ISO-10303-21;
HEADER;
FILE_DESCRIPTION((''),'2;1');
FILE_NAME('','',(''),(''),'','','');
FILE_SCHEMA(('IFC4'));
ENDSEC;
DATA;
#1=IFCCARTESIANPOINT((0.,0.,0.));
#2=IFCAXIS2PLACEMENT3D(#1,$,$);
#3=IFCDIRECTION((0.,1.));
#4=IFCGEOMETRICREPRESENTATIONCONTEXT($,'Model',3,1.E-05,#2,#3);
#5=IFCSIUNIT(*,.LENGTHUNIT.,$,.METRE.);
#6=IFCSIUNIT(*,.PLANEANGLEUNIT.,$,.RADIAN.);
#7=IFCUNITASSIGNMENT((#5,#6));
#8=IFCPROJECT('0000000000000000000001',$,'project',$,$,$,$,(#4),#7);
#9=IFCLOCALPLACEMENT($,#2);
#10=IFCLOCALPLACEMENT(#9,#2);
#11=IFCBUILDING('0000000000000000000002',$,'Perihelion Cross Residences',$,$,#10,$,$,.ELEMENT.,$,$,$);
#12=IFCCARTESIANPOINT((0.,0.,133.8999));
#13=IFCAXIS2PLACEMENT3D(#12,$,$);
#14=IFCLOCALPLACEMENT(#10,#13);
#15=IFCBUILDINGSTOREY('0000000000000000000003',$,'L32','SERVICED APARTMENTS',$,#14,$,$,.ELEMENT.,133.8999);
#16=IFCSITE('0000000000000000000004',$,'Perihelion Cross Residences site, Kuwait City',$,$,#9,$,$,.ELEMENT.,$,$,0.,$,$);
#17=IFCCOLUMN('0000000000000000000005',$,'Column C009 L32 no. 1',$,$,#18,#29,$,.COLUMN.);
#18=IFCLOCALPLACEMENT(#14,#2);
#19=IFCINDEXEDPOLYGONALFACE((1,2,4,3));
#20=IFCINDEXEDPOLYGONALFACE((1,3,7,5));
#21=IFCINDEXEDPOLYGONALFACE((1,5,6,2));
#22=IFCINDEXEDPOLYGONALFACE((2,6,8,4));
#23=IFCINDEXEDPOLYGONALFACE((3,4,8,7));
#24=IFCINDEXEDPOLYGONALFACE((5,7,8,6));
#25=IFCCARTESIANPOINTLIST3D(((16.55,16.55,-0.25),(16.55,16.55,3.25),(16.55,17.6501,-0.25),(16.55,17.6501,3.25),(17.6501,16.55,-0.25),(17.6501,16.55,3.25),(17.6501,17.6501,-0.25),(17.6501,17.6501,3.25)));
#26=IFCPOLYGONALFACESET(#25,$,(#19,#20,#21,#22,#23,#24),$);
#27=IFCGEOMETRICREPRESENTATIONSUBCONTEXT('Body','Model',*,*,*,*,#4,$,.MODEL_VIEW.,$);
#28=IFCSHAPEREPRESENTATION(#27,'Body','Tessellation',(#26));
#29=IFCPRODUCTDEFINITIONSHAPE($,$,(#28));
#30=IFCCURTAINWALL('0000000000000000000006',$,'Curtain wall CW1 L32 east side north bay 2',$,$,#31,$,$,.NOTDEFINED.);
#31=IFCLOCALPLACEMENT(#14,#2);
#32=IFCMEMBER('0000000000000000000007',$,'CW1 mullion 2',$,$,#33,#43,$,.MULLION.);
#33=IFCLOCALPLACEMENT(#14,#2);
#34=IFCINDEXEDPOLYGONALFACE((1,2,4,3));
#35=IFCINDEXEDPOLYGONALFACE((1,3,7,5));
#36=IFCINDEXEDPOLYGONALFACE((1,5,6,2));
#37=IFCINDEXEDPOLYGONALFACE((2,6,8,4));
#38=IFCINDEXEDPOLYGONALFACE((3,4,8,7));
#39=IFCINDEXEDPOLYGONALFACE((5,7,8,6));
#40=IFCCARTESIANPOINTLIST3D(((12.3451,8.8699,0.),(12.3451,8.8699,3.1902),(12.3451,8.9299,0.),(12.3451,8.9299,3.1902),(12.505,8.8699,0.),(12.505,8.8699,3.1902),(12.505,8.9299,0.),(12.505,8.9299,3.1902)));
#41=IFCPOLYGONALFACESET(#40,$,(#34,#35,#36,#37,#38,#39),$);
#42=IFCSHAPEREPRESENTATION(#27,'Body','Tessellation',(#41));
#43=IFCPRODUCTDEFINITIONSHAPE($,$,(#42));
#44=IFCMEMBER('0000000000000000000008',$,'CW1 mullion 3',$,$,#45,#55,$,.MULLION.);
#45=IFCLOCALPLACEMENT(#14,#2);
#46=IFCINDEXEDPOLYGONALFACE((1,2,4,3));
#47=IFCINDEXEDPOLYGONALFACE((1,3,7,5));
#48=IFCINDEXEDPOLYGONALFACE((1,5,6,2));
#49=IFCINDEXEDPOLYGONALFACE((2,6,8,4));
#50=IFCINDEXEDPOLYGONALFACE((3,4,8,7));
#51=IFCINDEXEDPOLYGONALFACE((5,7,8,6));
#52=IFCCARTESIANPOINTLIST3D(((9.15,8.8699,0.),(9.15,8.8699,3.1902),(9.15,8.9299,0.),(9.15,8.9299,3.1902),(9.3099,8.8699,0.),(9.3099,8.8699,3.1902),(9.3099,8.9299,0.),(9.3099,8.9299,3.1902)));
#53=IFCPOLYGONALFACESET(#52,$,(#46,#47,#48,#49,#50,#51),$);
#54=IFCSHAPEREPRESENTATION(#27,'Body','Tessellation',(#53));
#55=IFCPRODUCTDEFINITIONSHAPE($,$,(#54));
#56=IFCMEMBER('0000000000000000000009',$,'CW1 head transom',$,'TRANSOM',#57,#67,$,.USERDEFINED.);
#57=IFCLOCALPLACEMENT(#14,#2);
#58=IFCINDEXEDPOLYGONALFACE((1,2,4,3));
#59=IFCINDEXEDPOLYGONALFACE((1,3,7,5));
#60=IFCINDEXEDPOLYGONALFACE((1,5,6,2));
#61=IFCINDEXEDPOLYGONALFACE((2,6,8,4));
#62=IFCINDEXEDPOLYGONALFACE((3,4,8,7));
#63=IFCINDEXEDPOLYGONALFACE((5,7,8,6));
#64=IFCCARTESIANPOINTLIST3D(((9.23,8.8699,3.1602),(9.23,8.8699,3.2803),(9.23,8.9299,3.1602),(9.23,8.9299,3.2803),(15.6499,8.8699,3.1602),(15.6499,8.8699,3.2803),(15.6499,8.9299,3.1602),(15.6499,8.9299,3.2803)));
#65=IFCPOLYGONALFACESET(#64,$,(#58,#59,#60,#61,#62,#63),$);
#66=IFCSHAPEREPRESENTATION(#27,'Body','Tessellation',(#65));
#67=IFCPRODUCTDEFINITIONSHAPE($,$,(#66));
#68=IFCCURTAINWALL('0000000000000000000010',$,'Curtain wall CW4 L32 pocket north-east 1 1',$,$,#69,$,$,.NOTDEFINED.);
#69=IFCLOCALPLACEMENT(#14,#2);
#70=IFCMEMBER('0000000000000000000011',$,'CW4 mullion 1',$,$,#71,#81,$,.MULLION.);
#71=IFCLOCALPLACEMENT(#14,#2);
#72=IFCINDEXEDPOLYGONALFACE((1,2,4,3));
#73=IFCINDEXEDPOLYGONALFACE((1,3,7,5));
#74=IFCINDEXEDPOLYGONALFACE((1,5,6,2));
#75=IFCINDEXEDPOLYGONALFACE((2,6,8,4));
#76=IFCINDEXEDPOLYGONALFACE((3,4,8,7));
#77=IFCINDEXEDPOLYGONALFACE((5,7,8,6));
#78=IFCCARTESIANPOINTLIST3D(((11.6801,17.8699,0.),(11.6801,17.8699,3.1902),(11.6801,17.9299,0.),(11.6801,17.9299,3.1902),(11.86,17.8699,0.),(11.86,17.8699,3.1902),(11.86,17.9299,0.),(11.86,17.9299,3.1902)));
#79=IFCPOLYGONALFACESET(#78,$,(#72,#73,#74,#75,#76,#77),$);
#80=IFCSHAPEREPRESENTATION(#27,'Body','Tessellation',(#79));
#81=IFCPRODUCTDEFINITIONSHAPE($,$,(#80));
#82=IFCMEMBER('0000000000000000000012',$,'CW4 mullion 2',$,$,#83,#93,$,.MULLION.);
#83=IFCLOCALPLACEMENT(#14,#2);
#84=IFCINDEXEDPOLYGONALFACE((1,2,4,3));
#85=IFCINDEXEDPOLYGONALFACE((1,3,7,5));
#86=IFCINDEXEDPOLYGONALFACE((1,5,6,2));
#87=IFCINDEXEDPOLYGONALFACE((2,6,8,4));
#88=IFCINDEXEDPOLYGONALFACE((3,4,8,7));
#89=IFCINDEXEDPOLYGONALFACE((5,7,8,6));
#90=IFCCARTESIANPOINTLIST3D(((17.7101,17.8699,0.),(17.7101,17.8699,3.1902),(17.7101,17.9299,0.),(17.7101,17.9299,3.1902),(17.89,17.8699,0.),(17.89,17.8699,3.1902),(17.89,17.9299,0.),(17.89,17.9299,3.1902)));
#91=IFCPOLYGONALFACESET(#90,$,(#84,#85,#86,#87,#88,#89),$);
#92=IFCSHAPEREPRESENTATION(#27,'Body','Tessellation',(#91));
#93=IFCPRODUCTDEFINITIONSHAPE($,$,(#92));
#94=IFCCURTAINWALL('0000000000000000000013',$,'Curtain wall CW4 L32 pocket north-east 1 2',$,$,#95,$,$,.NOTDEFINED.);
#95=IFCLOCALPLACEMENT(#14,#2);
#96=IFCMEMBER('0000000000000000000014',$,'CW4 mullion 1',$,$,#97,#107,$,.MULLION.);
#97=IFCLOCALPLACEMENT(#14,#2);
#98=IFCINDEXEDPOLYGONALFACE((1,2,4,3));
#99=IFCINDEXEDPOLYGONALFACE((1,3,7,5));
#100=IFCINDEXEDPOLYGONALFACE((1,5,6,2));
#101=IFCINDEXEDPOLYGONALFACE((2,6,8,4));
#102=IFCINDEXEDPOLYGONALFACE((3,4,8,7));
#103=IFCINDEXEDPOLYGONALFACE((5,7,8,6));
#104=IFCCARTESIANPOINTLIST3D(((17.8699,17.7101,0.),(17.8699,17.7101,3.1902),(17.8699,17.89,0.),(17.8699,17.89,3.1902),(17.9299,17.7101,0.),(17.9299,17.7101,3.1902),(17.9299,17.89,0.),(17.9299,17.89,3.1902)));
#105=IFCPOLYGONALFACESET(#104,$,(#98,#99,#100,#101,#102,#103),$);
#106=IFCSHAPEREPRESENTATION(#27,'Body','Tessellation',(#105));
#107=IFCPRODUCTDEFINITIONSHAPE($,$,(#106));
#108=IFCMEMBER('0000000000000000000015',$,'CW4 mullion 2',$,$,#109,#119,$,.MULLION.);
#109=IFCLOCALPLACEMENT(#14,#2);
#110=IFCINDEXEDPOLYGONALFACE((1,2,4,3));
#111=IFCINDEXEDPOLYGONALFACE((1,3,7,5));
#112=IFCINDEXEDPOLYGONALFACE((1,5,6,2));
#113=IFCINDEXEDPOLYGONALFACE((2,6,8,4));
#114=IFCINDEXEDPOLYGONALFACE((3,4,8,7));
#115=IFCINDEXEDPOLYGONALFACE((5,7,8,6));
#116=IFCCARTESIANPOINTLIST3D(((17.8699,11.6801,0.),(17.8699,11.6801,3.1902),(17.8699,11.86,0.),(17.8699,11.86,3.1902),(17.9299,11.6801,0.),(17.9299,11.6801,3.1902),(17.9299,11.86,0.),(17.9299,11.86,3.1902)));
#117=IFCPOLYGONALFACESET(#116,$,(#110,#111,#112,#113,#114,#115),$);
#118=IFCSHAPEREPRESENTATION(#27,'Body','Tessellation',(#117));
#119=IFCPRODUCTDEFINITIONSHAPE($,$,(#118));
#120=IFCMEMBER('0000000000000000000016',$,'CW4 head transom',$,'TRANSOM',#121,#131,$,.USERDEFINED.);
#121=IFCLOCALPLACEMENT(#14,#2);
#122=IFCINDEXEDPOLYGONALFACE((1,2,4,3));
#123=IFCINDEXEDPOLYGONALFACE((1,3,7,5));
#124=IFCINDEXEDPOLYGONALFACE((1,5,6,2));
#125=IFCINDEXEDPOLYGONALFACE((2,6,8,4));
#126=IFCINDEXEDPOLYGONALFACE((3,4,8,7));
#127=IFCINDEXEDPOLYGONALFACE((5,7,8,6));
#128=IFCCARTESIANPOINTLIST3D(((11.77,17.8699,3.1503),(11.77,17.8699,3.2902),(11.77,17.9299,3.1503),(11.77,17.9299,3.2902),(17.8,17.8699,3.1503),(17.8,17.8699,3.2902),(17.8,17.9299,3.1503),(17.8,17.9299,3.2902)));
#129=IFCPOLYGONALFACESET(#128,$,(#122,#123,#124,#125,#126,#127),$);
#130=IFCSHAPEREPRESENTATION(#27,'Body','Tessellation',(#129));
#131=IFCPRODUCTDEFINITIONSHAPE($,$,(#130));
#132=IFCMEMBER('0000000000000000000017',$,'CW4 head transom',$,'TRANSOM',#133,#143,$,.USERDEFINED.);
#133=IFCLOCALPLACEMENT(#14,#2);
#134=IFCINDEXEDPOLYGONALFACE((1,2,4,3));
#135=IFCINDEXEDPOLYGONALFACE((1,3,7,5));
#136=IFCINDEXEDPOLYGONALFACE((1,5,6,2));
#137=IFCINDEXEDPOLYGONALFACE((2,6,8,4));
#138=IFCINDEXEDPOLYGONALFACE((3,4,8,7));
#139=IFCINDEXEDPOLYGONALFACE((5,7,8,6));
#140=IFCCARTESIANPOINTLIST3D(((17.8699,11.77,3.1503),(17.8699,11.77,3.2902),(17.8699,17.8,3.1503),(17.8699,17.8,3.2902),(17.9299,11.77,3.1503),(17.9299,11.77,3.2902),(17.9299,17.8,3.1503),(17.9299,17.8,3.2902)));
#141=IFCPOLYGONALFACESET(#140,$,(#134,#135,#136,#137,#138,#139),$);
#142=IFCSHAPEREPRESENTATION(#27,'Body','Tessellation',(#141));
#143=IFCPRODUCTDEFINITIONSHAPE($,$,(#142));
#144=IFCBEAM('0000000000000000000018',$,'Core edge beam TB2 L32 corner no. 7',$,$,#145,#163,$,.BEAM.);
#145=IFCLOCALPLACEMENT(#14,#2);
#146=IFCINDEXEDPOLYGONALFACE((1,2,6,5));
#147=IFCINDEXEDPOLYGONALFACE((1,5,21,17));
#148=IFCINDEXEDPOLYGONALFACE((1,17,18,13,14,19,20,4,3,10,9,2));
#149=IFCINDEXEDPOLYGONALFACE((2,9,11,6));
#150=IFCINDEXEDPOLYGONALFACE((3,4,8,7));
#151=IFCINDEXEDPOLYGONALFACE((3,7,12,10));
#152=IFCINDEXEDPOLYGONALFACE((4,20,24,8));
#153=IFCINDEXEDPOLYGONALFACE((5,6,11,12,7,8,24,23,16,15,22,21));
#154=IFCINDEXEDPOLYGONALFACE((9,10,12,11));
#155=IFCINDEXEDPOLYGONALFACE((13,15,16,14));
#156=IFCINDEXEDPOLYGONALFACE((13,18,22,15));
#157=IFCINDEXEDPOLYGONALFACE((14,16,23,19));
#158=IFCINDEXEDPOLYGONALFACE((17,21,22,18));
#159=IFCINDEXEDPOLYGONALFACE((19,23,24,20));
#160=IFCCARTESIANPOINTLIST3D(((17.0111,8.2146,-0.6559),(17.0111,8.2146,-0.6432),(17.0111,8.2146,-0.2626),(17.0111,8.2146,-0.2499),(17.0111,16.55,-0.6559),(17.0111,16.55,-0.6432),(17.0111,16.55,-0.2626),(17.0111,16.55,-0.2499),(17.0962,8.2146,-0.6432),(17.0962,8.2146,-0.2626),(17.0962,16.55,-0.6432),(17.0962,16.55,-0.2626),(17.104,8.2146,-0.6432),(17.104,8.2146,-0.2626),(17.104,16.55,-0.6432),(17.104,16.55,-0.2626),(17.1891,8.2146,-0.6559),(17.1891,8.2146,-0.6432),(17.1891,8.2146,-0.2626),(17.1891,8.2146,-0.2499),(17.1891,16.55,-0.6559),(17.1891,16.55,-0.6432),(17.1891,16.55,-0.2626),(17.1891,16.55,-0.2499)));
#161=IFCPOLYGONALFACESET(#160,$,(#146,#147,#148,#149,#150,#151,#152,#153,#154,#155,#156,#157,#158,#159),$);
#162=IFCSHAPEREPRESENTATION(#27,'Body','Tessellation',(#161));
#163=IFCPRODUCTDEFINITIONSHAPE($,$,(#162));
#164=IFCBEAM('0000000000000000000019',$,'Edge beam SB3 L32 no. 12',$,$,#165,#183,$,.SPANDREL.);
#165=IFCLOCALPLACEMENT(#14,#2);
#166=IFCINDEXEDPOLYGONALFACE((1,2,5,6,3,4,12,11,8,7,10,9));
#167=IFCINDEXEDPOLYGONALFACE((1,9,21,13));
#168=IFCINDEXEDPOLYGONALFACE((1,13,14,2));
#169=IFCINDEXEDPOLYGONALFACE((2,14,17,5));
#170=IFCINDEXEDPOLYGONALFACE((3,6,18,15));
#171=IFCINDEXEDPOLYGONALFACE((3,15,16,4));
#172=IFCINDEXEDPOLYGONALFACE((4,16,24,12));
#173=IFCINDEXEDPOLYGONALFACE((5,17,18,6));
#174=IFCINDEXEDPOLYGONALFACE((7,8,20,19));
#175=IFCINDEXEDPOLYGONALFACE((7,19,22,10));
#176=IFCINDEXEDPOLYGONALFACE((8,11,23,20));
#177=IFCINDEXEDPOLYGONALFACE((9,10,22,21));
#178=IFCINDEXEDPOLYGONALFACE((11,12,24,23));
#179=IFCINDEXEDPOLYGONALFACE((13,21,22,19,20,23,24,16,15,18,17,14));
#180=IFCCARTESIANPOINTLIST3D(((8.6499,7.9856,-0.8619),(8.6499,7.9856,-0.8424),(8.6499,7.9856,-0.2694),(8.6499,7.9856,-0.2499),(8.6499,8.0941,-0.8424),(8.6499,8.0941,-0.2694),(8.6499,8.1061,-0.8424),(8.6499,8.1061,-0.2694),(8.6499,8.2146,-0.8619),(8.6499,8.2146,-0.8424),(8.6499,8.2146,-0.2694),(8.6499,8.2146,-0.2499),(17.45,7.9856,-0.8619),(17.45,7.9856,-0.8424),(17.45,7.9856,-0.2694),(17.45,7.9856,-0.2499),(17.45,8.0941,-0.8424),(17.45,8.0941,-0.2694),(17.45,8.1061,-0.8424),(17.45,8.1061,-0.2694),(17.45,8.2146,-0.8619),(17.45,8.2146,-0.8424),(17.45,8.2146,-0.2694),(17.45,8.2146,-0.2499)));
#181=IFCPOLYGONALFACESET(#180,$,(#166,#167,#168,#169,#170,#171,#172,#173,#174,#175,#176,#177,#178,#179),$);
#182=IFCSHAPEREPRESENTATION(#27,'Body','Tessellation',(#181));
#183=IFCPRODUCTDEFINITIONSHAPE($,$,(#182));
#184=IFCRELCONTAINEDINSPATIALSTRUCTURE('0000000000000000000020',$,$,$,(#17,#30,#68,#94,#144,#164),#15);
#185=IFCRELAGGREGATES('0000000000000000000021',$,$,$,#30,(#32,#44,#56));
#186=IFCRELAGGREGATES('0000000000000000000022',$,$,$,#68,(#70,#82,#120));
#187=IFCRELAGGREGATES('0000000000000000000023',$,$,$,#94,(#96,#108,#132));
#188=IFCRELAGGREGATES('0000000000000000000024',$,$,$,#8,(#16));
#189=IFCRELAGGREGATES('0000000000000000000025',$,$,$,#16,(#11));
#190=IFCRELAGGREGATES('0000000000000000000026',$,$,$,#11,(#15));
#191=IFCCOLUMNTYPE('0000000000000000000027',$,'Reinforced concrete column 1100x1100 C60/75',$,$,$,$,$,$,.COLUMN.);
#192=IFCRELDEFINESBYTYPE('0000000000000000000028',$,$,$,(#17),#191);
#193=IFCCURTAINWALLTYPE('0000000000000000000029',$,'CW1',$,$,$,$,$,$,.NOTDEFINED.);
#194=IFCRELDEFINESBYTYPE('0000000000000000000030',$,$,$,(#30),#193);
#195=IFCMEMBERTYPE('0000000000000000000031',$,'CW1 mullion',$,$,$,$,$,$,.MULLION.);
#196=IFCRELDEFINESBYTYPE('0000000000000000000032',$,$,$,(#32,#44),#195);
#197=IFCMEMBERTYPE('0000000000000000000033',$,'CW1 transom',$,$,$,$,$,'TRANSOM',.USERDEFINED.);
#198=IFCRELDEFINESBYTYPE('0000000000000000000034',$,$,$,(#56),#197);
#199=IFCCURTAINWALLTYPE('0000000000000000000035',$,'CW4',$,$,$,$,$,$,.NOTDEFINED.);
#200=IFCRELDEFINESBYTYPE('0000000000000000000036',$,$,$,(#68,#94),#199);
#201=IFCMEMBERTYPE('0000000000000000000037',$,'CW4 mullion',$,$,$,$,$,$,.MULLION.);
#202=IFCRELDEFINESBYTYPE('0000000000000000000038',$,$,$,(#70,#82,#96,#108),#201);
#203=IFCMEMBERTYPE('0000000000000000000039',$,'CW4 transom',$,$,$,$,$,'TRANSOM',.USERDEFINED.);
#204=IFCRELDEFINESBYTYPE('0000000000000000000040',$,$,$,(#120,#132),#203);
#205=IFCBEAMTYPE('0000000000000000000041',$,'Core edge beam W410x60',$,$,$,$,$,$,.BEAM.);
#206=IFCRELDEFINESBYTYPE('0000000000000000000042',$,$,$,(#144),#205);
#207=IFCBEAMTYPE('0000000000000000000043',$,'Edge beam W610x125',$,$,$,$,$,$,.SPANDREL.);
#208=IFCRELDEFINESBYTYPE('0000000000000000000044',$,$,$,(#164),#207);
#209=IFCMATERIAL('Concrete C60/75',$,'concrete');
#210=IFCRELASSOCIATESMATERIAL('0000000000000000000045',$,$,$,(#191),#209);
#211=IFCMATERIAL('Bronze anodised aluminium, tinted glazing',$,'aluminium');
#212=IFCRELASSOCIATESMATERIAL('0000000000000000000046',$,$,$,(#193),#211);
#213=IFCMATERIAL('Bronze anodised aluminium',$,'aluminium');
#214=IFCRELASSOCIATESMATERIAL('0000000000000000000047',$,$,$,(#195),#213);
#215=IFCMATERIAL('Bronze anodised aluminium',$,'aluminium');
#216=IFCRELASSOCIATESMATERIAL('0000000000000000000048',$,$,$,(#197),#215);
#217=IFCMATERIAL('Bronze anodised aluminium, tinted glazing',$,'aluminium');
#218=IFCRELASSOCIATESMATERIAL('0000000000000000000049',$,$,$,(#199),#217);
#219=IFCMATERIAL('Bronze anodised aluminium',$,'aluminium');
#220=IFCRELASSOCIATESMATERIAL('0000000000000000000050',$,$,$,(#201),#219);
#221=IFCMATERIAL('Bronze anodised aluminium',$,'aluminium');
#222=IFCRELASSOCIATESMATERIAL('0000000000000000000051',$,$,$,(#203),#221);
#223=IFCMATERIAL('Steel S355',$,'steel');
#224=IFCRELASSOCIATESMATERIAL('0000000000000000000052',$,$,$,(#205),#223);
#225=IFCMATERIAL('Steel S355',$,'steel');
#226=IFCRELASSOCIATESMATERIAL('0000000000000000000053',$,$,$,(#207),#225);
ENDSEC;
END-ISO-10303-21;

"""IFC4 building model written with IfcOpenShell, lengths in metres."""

from ifc_helpers import new_model, si_unit, direction, frame, origin, origin_2d, place, context, subcontext, project, spatial, rectangle, i_section, extrude, material, material_profile, profile_set, type_object, element, aggregate, save


model = new_model("IFC4")

# Units and contexts
model_context = context("Model", 3, precision=1e-05, world=origin(), true_north=direction((0.0, 1.0)))
body_context = subcontext(model_context, "Body", "Model", "MODEL_VIEW")
ifc_project = project(units=[si_unit("LENGTHUNIT", "METRE"), si_unit("PLANEANGLEUNIT", "RADIAN")], contexts=[model_context])

# Site, building, storey
site_placement = place(None, origin())
site = spatial("IfcSite", under=ifc_project, at=site_placement, Name="Perihelion Cross Residences site, Kuwait City", CompositionType="ELEMENT", RefElevation=0.0)
building_placement = place(site_placement, origin())
building = spatial("IfcBuilding", under=site, at=building_placement, Name="Perihelion Cross Residences", CompositionType="ELEMENT")
storey_placement = place(building_placement, frame((0.0, 0.0, 133.8999)))
storey = spatial("IfcBuildingStorey", under=building, at=storey_placement, Name="L32", Description="SERVICED APARTMENTS", CompositionType="ELEMENT", Elevation=133.8999)

# Column
ifc_material_1 = material(Name="Concrete C60/75", Category="concrete")
ifc_material_profile_1 = material_profile(ifc_material_1, rectangle(XDim=1.1001, YDim=1.1001, at=origin_2d()), Name="RC 1100x1100")
ifc_profile_set_1 = profile_set([ifc_material_profile_1], Name="Concrete C60/75")
column_type = type_object("IfcColumnType", Name="Reinforced concrete column 1100x1100 C60/75", PredefinedType="COLUMN", material=ifc_profile_set_1)
column_placement = place(storey_placement, frame((17.1001, 17.1001, -0.25), z_axis=(0.0, 0.0, 1.0), x_axis=(1.0, 0.0, 0.0)))
element("IfcColumn", 1, at=column_placement, inside=storey, type_object=column_type, Name="Column C009 L32 no. 1", PredefinedType="COLUMN", context=body_context, shape_type="SweptSolid", body=[
    extrude(rectangle(XDim=1.1001, YDim=1.1001, at=origin_2d()), origin(), (0.0, 0.0, 1.0), 3.5),
])

# Curtain walls, members
ifc_material_2 = material(Name="Bronze anodised aluminium, tinted glazing", Category="aluminium")
curtain_wall_type_1 = type_object("IfcCurtainWallType", Name="CW1", PredefinedType="NOTDEFINED", material=ifc_material_2)
curtain_wall_1_placement = place(storey_placement, origin())
curtain_wall_1 = element("IfcCurtainWall", 2, at=curtain_wall_1_placement, inside=storey, type_object=curtain_wall_type_1, Name="Curtain wall CW1 L32 east side north bay 2", PredefinedType="NOTDEFINED")
ifc_material_3 = material(Name="Bronze anodised aluminium", Category="aluminium")
ifc_material_profile_2 = material_profile(ifc_material_3, rectangle(XDim=0.0601, YDim=0.1599, at=origin_2d()), Name="CW1 mullion")
ifc_profile_set_2 = profile_set([ifc_material_profile_2], Name="Bronze anodised aluminium")
member_type_1 = type_object("IfcMemberType", Name="CW1 mullion", PredefinedType="MULLION", material=ifc_profile_set_2)
member_1_placement = place(storey_placement, frame((12.425, 8.8999, 0.0), z_axis=(0.0, 0.0, 1.0), x_axis=(0.0, -1.0, 0.0)))
member_1 = element("IfcMember", 3, at=member_1_placement, type_object=member_type_1, Name="CW1 mullion 2", PredefinedType="MULLION", context=body_context, shape_type="SweptSolid", body=[
    extrude(rectangle(XDim=0.0601, YDim=0.1599, at=origin_2d()), origin(), (0.0, 0.0, 1.0), 3.1902),
])
member_2_placement = place(storey_placement, frame((9.23, 8.8999, 0.0), z_axis=(0.0, 0.0, 1.0), x_axis=(0.0, -1.0, 0.0)))
member_2 = element("IfcMember", 4, at=member_2_placement, type_object=member_type_1, Name="CW1 mullion 3", PredefinedType="MULLION", context=body_context, shape_type="SweptSolid", body=[
    extrude(rectangle(XDim=0.0601, YDim=0.1599, at=origin_2d()), origin(), (0.0, 0.0, 1.0), 3.1902),
])
ifc_material_4 = material(Name="Bronze anodised aluminium", Category="aluminium")
ifc_material_profile_3 = material_profile(ifc_material_4, rectangle(XDim=0.0601, YDim=0.1201, at=origin_2d()), Name="CW1 transom")
ifc_profile_set_3 = profile_set([ifc_material_profile_3], Name="Bronze anodised aluminium")
member_type_2 = type_object("IfcMemberType", Name="CW1 transom", ElementType="TRANSOM", PredefinedType="USERDEFINED", material=ifc_profile_set_3)
member_3_placement = place(storey_placement, frame((15.6499, 8.8999, 3.2202), z_axis=(-1.0, 0.0, 0.0), x_axis=(0.0, -1.0, 0.0)))
member_3 = element("IfcMember", 5, at=member_3_placement, type_object=member_type_2, Name="CW1 head transom", ObjectType="TRANSOM", PredefinedType="USERDEFINED", context=body_context, shape_type="SweptSolid", body=[
    extrude(rectangle(XDim=0.0601, YDim=0.1201, at=origin_2d()), origin(), (0.0, 0.0, 1.0), 6.4199),
])
ifc_material_5 = material(Name="Bronze anodised aluminium, tinted glazing", Category="aluminium")
curtain_wall_type_2 = type_object("IfcCurtainWallType", Name="CW4", PredefinedType="NOTDEFINED", material=ifc_material_5)
curtain_wall_2_placement = place(storey_placement, origin())
curtain_wall_2 = element("IfcCurtainWall", 6, at=curtain_wall_2_placement, inside=storey, type_object=curtain_wall_type_2, Name="Curtain wall CW4 L32 pocket north-east 1 1", PredefinedType="NOTDEFINED")
ifc_material_6 = material(Name="Bronze anodised aluminium", Category="aluminium")
ifc_material_profile_4 = material_profile(ifc_material_6, rectangle(XDim=0.0601, YDim=0.1799, at=origin_2d()), Name="CW4 mullion")
ifc_profile_set_4 = profile_set([ifc_material_profile_4], Name="Bronze anodised aluminium")
member_type_3 = type_object("IfcMemberType", Name="CW4 mullion", PredefinedType="MULLION", material=ifc_profile_set_4)
member_4_placement = place(storey_placement, frame((11.77, 17.8999, 0.0), z_axis=(0.0, 0.0, 1.0), x_axis=(0.0, 1.0, 0.0)))
member_4 = element("IfcMember", 7, at=member_4_placement, type_object=member_type_3, Name="CW4 mullion 1", PredefinedType="MULLION", context=body_context, shape_type="SweptSolid", body=[
    extrude(rectangle(XDim=0.0601, YDim=0.1799, at=origin_2d()), origin(), (0.0, 0.0, 1.0), 3.1902),
])
member_5_placement = place(storey_placement, frame((17.8, 17.8999, 0.0), z_axis=(0.0, 0.0, 1.0), x_axis=(0.0, 1.0, 0.0)))
member_5 = element("IfcMember", 8, at=member_5_placement, type_object=member_type_3, Name="CW4 mullion 2", PredefinedType="MULLION", context=body_context, shape_type="SweptSolid", body=[
    extrude(rectangle(XDim=0.0601, YDim=0.1799, at=origin_2d()), origin(), (0.0, 0.0, 1.0), 3.1902),
])
curtain_wall_3_placement = place(storey_placement, origin())
curtain_wall_3 = element("IfcCurtainWall", 9, at=curtain_wall_3_placement, inside=storey, type_object=curtain_wall_type_2, Name="Curtain wall CW4 L32 pocket north-east 1 2", PredefinedType="NOTDEFINED")
member_6_placement = place(storey_placement, frame((17.8999, 17.8, 0.0), z_axis=(0.0, 0.0, 1.0), x_axis=(1.0, 0.0, 0.0)))
member_6 = element("IfcMember", 10, at=member_6_placement, type_object=member_type_3, Name="CW4 mullion 1", PredefinedType="MULLION", context=body_context, shape_type="SweptSolid", body=[
    extrude(rectangle(XDim=0.0601, YDim=0.1799, at=origin_2d()), origin(), (0.0, 0.0, 1.0), 3.1902),
])
member_7_placement = place(storey_placement, frame((17.8999, 11.77, 0.0), z_axis=(0.0, 0.0, 1.0), x_axis=(1.0, 0.0, 0.0)))
member_7 = element("IfcMember", 11, at=member_7_placement, type_object=member_type_3, Name="CW4 mullion 2", PredefinedType="MULLION", context=body_context, shape_type="SweptSolid", body=[
    extrude(rectangle(XDim=0.0601, YDim=0.1799, at=origin_2d()), origin(), (0.0, 0.0, 1.0), 3.1902),
])

# Members
ifc_material_7 = material(Name="Bronze anodised aluminium", Category="aluminium")
ifc_material_profile_5 = material_profile(ifc_material_7, rectangle(XDim=0.0601, YDim=0.1399, at=origin_2d()), Name="CW4 transom")
ifc_profile_set_5 = profile_set([ifc_material_profile_5], Name="Bronze anodised aluminium")
member_type_4 = type_object("IfcMemberType", Name="CW4 transom", ElementType="TRANSOM", PredefinedType="USERDEFINED", material=ifc_profile_set_5)
member_8_placement = place(storey_placement, frame((11.77, 17.8999, 3.2202), z_axis=(1.0, 0.0, 0.0), x_axis=(0.0, 1.0, 0.0)))
member_8 = element("IfcMember", 12, at=member_8_placement, type_object=member_type_4, Name="CW4 head transom", ObjectType="TRANSOM", PredefinedType="USERDEFINED", context=body_context, shape_type="SweptSolid", body=[
    extrude(rectangle(XDim=0.0601, YDim=0.1399, at=origin_2d()), origin(), (0.0, 0.0, 1.0), 6.03),
])
member_9_placement = place(storey_placement, frame((17.8999, 17.8, 3.2202), z_axis=(0.0, -1.0, 0.0), x_axis=(1.0, 0.0, 0.0)))
member_9 = element("IfcMember", 13, at=member_9_placement, type_object=member_type_4, Name="CW4 head transom", ObjectType="TRANSOM", PredefinedType="USERDEFINED", context=body_context, shape_type="SweptSolid", body=[
    extrude(rectangle(XDim=0.0601, YDim=0.1399, at=origin_2d()), origin(), (0.0, 0.0, 1.0), 6.03),
])

# Beams
ifc_material_8 = material(Name="Steel S355", Category="steel")
ifc_material_profile_6 = material_profile(ifc_material_8, i_section(OverallWidth=0.178, OverallDepth=0.406, WebThickness=0.0078, FlangeThickness=0.0127, at=origin_2d()), Name="W410x60")
ifc_profile_set_6 = profile_set([ifc_material_profile_6], Name="Steel S355")
beam_type_1 = type_object("IfcBeamType", Name="Core edge beam W410x60", PredefinedType="BEAM", material=ifc_profile_set_6)
beam_1_placement = place(storey_placement, frame((17.1001, 8.2146, -0.4529), z_axis=(0.0, 1.0, 0.0), x_axis=(-1.0, 0.0, 0.0)))
element("IfcBeam", 14, at=beam_1_placement, inside=storey, type_object=beam_type_1, Name="Core edge beam TB2 L32 corner no. 7", PredefinedType="BEAM", context=body_context, shape_type="SweptSolid", body=[
    extrude(i_section(OverallWidth=0.178, OverallDepth=0.406, WebThickness=0.0078, FlangeThickness=0.0127, at=origin_2d()), origin(), (0.0, 0.0, 1.0), 8.3354),
])
ifc_material_9 = material(Name="Steel S355", Category="steel")
ifc_material_profile_7 = material_profile(ifc_material_9, i_section(OverallWidth=0.229, OverallDepth=0.6121, WebThickness=0.012, FlangeThickness=0.0195, at=origin_2d()), Name="W610x125")
ifc_profile_set_7 = profile_set([ifc_material_profile_7], Name="Steel S355")
beam_type_2 = type_object("IfcBeamType", Name="Edge beam W610x125", PredefinedType="SPANDREL", material=ifc_profile_set_7)
beam_2_placement = place(storey_placement, frame((17.45, 8.1001, -0.5559), z_axis=(-1.0, 0.0, 0.0), x_axis=(0.0, -1.0, 0.0)))
element("IfcBeam", 15, at=beam_2_placement, inside=storey, type_object=beam_type_2, Name="Edge beam SB3 L32 no. 12", PredefinedType="SPANDREL", context=body_context, shape_type="SweptSolid", body=[
    extrude(i_section(OverallWidth=0.229, OverallDepth=0.6121, WebThickness=0.012, FlangeThickness=0.0195, at=origin_2d()), origin(), (0.0, 0.0, 1.0), 8.8),
])

aggregate(curtain_wall_1, [member_1, member_2, member_3])
aggregate(curtain_wall_2, [member_4, member_5, member_8])
aggregate(curtain_wall_3, [member_6, member_7, member_9])

save(model, "model.ifc")
